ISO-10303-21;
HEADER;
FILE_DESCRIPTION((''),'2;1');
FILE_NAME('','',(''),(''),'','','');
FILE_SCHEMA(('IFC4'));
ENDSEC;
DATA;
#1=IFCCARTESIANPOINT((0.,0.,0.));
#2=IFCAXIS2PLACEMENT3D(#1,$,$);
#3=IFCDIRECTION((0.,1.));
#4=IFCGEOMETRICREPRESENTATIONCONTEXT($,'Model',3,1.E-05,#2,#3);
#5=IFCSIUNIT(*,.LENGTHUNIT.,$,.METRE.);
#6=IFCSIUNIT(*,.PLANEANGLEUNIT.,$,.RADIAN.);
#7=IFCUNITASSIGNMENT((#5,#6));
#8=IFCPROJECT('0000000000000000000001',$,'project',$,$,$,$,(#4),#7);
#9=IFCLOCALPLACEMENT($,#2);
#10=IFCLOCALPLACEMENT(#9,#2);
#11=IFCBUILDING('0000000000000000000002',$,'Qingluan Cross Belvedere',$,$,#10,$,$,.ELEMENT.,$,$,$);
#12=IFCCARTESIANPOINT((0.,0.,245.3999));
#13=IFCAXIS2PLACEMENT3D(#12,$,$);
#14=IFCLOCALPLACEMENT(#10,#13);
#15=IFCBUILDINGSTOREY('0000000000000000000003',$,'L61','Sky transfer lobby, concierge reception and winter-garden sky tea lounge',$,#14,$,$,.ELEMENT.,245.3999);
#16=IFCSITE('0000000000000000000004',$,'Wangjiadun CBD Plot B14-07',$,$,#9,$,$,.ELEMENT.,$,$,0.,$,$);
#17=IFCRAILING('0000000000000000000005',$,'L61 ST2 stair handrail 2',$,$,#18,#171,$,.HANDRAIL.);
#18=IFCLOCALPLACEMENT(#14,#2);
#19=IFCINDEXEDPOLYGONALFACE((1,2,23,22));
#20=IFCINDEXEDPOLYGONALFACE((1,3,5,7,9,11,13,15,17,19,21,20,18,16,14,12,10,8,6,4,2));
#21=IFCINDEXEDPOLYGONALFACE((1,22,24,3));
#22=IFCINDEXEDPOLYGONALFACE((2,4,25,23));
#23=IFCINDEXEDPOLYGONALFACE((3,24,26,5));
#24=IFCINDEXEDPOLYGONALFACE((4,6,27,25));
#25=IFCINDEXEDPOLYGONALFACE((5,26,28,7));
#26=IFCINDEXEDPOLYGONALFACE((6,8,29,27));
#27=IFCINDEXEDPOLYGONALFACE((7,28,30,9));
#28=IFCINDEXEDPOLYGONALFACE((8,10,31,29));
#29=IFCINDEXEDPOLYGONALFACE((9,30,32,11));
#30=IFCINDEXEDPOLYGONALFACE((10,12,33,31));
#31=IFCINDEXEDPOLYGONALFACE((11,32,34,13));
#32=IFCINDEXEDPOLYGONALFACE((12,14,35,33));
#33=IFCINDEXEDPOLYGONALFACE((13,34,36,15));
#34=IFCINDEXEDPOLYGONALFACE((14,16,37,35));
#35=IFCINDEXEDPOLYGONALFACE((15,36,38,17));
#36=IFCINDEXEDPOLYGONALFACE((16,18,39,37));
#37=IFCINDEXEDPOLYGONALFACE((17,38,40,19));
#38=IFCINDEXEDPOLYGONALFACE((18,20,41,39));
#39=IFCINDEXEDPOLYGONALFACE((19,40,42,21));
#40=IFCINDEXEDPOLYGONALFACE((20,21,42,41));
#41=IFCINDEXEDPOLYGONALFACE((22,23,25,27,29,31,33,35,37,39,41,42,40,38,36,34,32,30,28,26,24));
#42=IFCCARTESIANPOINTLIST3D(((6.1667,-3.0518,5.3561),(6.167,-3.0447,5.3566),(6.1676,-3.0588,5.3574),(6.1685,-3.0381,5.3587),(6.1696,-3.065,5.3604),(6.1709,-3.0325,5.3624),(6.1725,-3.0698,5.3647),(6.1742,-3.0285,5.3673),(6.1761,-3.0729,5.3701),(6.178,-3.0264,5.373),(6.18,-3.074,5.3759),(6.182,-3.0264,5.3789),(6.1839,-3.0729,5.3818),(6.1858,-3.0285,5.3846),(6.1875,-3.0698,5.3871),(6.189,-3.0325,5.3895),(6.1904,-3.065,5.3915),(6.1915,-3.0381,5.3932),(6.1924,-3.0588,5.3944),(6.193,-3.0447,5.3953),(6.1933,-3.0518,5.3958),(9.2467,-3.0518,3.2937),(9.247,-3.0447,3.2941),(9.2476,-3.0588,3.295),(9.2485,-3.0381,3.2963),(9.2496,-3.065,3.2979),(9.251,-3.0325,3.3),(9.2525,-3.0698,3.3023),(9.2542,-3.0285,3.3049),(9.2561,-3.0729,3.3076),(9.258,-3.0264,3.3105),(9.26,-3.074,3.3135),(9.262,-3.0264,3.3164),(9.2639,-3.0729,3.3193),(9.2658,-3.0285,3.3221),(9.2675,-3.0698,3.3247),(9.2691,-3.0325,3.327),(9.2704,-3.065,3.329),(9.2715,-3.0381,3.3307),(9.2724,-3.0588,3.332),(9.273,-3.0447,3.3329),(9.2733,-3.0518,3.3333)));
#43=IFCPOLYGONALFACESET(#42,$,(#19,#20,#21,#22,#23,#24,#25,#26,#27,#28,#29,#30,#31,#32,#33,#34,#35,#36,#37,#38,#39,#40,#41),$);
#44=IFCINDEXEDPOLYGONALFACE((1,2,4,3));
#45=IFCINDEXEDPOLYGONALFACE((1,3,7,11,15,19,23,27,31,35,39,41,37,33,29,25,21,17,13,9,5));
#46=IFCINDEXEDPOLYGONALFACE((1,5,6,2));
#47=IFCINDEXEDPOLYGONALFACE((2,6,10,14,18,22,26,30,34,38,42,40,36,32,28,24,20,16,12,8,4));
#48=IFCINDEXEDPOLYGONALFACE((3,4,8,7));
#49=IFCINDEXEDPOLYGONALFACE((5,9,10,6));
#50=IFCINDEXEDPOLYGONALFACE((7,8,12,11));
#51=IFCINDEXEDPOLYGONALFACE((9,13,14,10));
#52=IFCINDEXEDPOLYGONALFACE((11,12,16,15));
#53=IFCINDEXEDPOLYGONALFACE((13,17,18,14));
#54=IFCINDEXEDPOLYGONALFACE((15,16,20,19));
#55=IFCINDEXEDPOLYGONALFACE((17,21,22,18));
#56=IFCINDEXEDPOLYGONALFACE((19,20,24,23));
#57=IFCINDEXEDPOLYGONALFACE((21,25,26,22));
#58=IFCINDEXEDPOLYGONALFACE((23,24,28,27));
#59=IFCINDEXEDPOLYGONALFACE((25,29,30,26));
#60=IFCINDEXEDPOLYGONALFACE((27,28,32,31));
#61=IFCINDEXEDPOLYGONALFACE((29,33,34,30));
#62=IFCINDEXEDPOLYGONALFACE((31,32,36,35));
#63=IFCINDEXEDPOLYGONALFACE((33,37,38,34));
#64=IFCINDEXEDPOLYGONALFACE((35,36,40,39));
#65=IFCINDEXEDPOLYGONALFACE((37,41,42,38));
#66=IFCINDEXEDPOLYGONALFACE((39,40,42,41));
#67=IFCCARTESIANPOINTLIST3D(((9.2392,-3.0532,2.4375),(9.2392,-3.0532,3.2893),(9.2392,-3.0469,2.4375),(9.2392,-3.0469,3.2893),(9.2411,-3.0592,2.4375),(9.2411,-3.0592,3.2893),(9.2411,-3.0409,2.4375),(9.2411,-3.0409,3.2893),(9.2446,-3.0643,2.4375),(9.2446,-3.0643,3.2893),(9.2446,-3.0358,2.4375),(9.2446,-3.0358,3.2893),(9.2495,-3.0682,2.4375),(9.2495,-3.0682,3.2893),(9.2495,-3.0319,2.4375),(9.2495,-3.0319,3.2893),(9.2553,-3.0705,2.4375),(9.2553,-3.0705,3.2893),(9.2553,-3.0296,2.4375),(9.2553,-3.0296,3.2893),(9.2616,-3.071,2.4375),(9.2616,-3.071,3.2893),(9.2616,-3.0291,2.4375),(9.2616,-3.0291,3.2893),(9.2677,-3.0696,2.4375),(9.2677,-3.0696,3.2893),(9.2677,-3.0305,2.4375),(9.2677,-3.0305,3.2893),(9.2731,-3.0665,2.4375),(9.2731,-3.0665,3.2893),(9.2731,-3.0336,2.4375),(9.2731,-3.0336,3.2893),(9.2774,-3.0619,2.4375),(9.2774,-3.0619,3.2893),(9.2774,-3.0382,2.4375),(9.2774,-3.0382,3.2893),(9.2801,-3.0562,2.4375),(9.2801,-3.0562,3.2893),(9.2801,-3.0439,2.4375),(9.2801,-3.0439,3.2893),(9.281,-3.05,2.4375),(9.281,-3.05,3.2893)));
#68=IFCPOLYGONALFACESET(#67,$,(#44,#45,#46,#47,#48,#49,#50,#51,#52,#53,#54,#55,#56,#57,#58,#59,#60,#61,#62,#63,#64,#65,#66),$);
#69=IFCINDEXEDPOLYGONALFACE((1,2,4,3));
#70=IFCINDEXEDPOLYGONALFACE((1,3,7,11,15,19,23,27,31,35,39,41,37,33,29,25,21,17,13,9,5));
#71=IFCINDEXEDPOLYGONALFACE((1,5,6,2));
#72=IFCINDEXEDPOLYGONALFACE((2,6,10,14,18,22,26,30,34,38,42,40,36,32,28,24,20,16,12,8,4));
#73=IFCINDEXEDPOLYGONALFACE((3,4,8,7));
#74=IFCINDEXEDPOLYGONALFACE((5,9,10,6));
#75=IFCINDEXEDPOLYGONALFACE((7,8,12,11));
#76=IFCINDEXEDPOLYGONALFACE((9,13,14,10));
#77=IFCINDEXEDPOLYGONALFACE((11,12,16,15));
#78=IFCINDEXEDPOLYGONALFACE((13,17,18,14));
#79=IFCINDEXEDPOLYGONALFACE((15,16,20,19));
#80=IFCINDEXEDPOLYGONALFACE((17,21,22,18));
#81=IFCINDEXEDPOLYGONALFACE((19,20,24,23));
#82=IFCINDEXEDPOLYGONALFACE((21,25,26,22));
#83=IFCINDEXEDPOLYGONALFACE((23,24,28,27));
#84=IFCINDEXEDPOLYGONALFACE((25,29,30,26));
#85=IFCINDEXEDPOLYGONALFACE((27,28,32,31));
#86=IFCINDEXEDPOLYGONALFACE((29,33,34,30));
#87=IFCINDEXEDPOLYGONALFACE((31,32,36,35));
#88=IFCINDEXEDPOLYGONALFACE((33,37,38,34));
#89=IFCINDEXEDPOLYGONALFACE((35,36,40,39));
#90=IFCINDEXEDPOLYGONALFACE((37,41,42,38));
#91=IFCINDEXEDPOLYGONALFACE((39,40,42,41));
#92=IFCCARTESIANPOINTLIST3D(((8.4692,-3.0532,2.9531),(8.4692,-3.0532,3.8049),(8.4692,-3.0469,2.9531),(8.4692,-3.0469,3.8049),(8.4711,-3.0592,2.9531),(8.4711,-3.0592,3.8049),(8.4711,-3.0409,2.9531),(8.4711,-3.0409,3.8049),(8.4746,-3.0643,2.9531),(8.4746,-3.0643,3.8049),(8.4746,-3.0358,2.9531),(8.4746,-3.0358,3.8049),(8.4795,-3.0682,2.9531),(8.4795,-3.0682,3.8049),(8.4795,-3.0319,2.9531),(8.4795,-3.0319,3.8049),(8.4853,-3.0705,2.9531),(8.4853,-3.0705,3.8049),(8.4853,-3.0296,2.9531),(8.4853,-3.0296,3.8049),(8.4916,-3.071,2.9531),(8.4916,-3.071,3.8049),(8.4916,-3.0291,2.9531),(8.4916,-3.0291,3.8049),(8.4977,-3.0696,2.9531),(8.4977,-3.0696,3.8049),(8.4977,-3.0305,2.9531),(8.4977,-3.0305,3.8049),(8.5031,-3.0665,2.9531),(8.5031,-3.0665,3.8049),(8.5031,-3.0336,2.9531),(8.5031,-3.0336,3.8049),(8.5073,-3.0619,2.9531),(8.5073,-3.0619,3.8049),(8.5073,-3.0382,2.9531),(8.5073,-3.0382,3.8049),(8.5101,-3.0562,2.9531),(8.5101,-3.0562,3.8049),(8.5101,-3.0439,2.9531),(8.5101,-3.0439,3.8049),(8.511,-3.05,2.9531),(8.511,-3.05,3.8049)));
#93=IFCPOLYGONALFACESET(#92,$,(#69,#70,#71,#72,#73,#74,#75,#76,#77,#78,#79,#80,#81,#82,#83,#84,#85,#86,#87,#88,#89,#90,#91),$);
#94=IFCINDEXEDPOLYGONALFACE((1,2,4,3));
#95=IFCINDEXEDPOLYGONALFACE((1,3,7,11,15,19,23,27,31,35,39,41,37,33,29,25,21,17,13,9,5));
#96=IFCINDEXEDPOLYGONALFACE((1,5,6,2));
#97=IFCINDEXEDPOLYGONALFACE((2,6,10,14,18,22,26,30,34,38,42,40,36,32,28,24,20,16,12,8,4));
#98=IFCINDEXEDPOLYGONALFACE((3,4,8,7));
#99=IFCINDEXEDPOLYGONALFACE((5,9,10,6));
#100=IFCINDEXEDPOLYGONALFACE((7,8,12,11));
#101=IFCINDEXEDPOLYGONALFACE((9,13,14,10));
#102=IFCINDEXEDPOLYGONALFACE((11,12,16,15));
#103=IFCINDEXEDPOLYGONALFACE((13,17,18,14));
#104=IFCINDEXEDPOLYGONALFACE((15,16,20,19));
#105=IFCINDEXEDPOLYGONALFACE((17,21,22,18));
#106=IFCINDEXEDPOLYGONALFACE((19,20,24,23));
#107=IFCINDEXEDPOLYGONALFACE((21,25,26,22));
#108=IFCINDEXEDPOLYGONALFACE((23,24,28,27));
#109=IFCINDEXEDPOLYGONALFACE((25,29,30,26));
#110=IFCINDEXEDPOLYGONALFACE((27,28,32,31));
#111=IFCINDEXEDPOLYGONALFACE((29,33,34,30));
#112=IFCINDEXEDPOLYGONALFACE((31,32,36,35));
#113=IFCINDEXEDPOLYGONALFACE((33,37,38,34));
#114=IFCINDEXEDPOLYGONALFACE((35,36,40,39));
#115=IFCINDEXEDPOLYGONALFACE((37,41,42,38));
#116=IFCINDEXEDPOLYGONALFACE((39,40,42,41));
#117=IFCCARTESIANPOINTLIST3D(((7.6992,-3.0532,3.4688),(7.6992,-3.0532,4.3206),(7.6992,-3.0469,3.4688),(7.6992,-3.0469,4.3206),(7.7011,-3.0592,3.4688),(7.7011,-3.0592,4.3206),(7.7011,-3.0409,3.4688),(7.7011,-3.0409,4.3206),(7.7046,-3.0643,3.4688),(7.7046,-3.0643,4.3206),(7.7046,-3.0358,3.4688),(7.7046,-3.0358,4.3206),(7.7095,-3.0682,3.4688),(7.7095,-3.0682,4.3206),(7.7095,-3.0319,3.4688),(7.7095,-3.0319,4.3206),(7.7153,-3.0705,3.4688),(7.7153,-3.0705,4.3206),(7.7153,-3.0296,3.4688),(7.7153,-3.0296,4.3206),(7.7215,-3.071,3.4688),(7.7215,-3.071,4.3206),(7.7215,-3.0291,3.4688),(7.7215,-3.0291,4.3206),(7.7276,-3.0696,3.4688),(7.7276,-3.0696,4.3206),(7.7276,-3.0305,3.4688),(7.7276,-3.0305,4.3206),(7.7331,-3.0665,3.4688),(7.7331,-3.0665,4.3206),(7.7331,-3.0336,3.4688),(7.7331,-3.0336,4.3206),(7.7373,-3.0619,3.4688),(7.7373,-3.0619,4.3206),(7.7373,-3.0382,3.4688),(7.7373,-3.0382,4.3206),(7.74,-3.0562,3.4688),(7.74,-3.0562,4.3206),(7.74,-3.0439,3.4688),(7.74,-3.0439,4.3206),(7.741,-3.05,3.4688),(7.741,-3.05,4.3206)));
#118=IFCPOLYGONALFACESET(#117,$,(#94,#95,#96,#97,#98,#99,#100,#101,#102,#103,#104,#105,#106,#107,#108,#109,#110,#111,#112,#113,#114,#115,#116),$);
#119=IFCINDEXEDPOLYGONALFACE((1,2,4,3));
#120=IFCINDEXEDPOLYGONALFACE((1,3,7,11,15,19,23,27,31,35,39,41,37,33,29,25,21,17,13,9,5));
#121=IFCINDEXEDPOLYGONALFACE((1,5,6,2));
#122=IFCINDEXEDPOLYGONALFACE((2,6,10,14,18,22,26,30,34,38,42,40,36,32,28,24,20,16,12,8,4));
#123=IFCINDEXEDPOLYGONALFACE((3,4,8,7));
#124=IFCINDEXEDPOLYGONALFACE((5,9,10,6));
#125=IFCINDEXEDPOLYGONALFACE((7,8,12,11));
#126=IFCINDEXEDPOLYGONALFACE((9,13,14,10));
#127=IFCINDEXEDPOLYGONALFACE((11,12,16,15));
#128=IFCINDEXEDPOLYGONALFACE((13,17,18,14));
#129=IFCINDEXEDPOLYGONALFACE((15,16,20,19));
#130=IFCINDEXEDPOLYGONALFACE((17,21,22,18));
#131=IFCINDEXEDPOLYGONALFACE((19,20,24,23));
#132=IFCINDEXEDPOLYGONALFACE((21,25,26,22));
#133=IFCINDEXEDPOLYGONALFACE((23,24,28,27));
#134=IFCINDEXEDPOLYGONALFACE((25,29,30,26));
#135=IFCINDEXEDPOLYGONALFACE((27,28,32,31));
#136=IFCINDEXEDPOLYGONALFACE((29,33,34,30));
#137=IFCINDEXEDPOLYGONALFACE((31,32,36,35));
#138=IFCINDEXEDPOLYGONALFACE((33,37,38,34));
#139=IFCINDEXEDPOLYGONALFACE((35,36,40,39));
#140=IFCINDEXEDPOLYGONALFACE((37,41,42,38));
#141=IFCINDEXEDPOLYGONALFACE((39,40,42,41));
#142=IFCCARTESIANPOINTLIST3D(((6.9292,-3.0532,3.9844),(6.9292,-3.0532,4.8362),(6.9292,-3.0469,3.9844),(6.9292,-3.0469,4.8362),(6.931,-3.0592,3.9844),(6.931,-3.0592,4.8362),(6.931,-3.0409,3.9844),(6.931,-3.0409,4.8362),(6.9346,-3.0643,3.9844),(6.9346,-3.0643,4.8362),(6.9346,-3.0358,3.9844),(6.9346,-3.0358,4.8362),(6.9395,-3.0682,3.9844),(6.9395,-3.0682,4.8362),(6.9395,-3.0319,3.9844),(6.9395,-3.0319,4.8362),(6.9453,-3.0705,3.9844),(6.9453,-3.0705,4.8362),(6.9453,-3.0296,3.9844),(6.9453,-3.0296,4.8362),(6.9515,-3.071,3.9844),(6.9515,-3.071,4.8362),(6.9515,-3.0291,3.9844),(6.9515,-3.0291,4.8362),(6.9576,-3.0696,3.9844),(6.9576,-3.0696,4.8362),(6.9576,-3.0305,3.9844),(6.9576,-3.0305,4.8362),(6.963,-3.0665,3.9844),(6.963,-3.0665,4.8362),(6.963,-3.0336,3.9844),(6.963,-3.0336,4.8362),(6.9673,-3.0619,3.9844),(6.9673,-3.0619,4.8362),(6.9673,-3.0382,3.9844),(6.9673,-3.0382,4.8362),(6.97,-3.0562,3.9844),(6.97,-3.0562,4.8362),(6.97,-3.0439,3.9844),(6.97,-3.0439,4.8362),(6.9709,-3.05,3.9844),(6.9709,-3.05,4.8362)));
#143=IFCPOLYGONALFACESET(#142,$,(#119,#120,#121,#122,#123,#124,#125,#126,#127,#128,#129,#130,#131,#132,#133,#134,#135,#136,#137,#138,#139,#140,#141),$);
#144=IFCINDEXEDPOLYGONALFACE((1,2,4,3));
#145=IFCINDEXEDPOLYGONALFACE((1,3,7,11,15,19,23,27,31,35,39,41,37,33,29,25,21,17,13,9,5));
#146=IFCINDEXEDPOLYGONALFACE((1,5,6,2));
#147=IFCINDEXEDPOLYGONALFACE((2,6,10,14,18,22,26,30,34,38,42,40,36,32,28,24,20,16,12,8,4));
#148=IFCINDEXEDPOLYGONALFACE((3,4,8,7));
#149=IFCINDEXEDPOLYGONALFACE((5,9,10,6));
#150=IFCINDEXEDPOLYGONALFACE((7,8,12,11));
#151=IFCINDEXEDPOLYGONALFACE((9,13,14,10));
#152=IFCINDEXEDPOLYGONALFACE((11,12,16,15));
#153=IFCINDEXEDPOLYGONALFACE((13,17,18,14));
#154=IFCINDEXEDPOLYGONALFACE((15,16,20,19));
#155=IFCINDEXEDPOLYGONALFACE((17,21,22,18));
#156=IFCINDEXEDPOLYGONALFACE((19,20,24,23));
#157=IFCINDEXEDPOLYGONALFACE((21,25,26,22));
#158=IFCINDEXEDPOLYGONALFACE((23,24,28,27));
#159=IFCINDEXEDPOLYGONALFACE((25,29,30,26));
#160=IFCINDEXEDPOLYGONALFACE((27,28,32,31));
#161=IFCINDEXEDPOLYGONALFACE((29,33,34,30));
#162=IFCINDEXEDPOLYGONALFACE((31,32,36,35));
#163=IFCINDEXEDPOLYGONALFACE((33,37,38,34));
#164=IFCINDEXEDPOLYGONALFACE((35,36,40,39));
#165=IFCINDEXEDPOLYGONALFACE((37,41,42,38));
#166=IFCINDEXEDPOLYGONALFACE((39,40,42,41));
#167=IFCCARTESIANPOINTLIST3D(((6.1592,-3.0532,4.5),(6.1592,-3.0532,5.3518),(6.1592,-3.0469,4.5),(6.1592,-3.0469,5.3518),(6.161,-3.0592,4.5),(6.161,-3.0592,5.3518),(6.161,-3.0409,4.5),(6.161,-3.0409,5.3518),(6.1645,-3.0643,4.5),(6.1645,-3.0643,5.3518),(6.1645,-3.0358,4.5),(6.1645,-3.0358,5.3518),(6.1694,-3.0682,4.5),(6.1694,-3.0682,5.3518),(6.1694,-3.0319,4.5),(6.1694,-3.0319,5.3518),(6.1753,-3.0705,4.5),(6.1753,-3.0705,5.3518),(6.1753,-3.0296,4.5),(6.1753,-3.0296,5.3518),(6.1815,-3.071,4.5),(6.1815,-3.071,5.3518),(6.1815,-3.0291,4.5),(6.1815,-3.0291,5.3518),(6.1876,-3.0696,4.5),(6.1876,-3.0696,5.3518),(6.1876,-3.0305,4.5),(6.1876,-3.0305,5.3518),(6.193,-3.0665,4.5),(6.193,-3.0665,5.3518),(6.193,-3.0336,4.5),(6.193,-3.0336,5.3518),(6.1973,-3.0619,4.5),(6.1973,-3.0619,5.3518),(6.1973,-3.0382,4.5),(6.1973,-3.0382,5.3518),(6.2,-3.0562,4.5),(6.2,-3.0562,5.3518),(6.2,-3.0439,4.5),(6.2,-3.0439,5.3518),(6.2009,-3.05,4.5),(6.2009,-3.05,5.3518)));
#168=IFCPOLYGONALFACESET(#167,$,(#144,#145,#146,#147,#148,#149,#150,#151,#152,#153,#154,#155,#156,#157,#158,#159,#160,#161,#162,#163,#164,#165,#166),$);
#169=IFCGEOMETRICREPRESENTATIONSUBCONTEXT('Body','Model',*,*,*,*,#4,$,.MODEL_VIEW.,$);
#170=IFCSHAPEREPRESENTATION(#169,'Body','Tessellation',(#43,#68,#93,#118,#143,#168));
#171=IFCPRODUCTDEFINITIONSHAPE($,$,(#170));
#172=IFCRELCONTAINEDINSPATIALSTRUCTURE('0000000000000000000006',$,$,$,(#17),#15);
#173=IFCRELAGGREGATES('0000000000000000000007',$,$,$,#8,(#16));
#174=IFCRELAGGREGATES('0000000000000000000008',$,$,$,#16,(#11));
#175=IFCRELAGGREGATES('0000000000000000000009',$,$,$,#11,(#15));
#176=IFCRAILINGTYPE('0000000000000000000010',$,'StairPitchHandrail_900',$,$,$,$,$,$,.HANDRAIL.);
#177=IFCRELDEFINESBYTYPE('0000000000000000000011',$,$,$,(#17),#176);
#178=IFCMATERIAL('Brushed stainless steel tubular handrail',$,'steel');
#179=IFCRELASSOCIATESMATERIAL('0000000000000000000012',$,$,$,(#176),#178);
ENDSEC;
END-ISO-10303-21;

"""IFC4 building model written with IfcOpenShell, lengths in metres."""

from ifc_helpers import new_model, si_unit, direction, frame, origin, origin_2d, place, context, subcontext, project, spatial, circle, extrude, material, type_object, element, save


model = new_model("IFC4")

# Units and contexts
model_context = context("Model", 3, precision=1e-05, world=origin(), true_north=direction((0.0, 1.0)))
body_context = subcontext(model_context, "Body", "Model", "MODEL_VIEW")
ifc_project = project(units=[si_unit("LENGTHUNIT", "METRE"), si_unit("PLANEANGLEUNIT", "RADIAN")], contexts=[model_context])

# Site, building, storey
site_placement = place(None, origin())
site = spatial("IfcSite", under=ifc_project, at=site_placement, Name="Wangjiadun CBD Plot B14-07", CompositionType="ELEMENT", RefElevation=0.0)
building_placement = place(site_placement, origin())
building = spatial("IfcBuilding", under=site, at=building_placement, Name="Qingluan Cross Belvedere", CompositionType="ELEMENT")
storey_placement = place(building_placement, frame((0.0, 0.0, 245.3999)))
storey = spatial("IfcBuildingStorey", under=building, at=storey_placement, Name="L61", Description="Sky transfer lobby, concierge reception and winter-garden sky tea lounge", CompositionType="ELEMENT", Elevation=245.3999)

# Railing
ifc_material_1 = material(Name="Brushed stainless steel tubular handrail", Category="steel")
railing_type_1 = type_object("IfcRailingType", Name="StairPitchHandrail_900", PredefinedType="HANDRAIL", material=ifc_material_1)
railing_1_placement = place(storey_placement, frame((9.26, -3.05, 2.4375)))
element("IfcRailing", 1, at=railing_1_placement, inside=storey, type_object=railing_type_1, Name="L61 ST2 stair handrail 2", PredefinedType="HANDRAIL", context=body_context, shape_type="SweptSolid", body=[
    extrude(circle(Radius=0.0239, at=origin_2d()), frame((0.0, 0.0, 0.876), z_axis=(-0.830914, 0.0, 0.556401), x_axis=(0.0, -1.0, 0.0)), (0.0, 0.0, 1.0), 3.7068),
    extrude(circle(Radius=0.021, at=origin_2d()), origin(), (0.0, 0.0, 1.0), 0.8518),
    extrude(circle(Radius=0.021, at=origin_2d()), frame((-0.77, 0.0, 0.5156)), (0.0, 0.0, 1.0), 0.8518),
    extrude(circle(Radius=0.021, at=origin_2d()), frame((-1.54, 0.0, 1.0312)), (0.0, 0.0, 1.0), 0.8518),
    extrude(circle(Radius=0.021, at=origin_2d()), frame((-2.3101, 0.0, 1.5469)), (0.0, 0.0, 1.0), 0.8518),
    extrude(circle(Radius=0.021, at=origin_2d()), frame((-3.0801, 0.0, 2.0625)), (0.0, 0.0, 1.0), 0.8518),
])

save(model, "model.ifc")
